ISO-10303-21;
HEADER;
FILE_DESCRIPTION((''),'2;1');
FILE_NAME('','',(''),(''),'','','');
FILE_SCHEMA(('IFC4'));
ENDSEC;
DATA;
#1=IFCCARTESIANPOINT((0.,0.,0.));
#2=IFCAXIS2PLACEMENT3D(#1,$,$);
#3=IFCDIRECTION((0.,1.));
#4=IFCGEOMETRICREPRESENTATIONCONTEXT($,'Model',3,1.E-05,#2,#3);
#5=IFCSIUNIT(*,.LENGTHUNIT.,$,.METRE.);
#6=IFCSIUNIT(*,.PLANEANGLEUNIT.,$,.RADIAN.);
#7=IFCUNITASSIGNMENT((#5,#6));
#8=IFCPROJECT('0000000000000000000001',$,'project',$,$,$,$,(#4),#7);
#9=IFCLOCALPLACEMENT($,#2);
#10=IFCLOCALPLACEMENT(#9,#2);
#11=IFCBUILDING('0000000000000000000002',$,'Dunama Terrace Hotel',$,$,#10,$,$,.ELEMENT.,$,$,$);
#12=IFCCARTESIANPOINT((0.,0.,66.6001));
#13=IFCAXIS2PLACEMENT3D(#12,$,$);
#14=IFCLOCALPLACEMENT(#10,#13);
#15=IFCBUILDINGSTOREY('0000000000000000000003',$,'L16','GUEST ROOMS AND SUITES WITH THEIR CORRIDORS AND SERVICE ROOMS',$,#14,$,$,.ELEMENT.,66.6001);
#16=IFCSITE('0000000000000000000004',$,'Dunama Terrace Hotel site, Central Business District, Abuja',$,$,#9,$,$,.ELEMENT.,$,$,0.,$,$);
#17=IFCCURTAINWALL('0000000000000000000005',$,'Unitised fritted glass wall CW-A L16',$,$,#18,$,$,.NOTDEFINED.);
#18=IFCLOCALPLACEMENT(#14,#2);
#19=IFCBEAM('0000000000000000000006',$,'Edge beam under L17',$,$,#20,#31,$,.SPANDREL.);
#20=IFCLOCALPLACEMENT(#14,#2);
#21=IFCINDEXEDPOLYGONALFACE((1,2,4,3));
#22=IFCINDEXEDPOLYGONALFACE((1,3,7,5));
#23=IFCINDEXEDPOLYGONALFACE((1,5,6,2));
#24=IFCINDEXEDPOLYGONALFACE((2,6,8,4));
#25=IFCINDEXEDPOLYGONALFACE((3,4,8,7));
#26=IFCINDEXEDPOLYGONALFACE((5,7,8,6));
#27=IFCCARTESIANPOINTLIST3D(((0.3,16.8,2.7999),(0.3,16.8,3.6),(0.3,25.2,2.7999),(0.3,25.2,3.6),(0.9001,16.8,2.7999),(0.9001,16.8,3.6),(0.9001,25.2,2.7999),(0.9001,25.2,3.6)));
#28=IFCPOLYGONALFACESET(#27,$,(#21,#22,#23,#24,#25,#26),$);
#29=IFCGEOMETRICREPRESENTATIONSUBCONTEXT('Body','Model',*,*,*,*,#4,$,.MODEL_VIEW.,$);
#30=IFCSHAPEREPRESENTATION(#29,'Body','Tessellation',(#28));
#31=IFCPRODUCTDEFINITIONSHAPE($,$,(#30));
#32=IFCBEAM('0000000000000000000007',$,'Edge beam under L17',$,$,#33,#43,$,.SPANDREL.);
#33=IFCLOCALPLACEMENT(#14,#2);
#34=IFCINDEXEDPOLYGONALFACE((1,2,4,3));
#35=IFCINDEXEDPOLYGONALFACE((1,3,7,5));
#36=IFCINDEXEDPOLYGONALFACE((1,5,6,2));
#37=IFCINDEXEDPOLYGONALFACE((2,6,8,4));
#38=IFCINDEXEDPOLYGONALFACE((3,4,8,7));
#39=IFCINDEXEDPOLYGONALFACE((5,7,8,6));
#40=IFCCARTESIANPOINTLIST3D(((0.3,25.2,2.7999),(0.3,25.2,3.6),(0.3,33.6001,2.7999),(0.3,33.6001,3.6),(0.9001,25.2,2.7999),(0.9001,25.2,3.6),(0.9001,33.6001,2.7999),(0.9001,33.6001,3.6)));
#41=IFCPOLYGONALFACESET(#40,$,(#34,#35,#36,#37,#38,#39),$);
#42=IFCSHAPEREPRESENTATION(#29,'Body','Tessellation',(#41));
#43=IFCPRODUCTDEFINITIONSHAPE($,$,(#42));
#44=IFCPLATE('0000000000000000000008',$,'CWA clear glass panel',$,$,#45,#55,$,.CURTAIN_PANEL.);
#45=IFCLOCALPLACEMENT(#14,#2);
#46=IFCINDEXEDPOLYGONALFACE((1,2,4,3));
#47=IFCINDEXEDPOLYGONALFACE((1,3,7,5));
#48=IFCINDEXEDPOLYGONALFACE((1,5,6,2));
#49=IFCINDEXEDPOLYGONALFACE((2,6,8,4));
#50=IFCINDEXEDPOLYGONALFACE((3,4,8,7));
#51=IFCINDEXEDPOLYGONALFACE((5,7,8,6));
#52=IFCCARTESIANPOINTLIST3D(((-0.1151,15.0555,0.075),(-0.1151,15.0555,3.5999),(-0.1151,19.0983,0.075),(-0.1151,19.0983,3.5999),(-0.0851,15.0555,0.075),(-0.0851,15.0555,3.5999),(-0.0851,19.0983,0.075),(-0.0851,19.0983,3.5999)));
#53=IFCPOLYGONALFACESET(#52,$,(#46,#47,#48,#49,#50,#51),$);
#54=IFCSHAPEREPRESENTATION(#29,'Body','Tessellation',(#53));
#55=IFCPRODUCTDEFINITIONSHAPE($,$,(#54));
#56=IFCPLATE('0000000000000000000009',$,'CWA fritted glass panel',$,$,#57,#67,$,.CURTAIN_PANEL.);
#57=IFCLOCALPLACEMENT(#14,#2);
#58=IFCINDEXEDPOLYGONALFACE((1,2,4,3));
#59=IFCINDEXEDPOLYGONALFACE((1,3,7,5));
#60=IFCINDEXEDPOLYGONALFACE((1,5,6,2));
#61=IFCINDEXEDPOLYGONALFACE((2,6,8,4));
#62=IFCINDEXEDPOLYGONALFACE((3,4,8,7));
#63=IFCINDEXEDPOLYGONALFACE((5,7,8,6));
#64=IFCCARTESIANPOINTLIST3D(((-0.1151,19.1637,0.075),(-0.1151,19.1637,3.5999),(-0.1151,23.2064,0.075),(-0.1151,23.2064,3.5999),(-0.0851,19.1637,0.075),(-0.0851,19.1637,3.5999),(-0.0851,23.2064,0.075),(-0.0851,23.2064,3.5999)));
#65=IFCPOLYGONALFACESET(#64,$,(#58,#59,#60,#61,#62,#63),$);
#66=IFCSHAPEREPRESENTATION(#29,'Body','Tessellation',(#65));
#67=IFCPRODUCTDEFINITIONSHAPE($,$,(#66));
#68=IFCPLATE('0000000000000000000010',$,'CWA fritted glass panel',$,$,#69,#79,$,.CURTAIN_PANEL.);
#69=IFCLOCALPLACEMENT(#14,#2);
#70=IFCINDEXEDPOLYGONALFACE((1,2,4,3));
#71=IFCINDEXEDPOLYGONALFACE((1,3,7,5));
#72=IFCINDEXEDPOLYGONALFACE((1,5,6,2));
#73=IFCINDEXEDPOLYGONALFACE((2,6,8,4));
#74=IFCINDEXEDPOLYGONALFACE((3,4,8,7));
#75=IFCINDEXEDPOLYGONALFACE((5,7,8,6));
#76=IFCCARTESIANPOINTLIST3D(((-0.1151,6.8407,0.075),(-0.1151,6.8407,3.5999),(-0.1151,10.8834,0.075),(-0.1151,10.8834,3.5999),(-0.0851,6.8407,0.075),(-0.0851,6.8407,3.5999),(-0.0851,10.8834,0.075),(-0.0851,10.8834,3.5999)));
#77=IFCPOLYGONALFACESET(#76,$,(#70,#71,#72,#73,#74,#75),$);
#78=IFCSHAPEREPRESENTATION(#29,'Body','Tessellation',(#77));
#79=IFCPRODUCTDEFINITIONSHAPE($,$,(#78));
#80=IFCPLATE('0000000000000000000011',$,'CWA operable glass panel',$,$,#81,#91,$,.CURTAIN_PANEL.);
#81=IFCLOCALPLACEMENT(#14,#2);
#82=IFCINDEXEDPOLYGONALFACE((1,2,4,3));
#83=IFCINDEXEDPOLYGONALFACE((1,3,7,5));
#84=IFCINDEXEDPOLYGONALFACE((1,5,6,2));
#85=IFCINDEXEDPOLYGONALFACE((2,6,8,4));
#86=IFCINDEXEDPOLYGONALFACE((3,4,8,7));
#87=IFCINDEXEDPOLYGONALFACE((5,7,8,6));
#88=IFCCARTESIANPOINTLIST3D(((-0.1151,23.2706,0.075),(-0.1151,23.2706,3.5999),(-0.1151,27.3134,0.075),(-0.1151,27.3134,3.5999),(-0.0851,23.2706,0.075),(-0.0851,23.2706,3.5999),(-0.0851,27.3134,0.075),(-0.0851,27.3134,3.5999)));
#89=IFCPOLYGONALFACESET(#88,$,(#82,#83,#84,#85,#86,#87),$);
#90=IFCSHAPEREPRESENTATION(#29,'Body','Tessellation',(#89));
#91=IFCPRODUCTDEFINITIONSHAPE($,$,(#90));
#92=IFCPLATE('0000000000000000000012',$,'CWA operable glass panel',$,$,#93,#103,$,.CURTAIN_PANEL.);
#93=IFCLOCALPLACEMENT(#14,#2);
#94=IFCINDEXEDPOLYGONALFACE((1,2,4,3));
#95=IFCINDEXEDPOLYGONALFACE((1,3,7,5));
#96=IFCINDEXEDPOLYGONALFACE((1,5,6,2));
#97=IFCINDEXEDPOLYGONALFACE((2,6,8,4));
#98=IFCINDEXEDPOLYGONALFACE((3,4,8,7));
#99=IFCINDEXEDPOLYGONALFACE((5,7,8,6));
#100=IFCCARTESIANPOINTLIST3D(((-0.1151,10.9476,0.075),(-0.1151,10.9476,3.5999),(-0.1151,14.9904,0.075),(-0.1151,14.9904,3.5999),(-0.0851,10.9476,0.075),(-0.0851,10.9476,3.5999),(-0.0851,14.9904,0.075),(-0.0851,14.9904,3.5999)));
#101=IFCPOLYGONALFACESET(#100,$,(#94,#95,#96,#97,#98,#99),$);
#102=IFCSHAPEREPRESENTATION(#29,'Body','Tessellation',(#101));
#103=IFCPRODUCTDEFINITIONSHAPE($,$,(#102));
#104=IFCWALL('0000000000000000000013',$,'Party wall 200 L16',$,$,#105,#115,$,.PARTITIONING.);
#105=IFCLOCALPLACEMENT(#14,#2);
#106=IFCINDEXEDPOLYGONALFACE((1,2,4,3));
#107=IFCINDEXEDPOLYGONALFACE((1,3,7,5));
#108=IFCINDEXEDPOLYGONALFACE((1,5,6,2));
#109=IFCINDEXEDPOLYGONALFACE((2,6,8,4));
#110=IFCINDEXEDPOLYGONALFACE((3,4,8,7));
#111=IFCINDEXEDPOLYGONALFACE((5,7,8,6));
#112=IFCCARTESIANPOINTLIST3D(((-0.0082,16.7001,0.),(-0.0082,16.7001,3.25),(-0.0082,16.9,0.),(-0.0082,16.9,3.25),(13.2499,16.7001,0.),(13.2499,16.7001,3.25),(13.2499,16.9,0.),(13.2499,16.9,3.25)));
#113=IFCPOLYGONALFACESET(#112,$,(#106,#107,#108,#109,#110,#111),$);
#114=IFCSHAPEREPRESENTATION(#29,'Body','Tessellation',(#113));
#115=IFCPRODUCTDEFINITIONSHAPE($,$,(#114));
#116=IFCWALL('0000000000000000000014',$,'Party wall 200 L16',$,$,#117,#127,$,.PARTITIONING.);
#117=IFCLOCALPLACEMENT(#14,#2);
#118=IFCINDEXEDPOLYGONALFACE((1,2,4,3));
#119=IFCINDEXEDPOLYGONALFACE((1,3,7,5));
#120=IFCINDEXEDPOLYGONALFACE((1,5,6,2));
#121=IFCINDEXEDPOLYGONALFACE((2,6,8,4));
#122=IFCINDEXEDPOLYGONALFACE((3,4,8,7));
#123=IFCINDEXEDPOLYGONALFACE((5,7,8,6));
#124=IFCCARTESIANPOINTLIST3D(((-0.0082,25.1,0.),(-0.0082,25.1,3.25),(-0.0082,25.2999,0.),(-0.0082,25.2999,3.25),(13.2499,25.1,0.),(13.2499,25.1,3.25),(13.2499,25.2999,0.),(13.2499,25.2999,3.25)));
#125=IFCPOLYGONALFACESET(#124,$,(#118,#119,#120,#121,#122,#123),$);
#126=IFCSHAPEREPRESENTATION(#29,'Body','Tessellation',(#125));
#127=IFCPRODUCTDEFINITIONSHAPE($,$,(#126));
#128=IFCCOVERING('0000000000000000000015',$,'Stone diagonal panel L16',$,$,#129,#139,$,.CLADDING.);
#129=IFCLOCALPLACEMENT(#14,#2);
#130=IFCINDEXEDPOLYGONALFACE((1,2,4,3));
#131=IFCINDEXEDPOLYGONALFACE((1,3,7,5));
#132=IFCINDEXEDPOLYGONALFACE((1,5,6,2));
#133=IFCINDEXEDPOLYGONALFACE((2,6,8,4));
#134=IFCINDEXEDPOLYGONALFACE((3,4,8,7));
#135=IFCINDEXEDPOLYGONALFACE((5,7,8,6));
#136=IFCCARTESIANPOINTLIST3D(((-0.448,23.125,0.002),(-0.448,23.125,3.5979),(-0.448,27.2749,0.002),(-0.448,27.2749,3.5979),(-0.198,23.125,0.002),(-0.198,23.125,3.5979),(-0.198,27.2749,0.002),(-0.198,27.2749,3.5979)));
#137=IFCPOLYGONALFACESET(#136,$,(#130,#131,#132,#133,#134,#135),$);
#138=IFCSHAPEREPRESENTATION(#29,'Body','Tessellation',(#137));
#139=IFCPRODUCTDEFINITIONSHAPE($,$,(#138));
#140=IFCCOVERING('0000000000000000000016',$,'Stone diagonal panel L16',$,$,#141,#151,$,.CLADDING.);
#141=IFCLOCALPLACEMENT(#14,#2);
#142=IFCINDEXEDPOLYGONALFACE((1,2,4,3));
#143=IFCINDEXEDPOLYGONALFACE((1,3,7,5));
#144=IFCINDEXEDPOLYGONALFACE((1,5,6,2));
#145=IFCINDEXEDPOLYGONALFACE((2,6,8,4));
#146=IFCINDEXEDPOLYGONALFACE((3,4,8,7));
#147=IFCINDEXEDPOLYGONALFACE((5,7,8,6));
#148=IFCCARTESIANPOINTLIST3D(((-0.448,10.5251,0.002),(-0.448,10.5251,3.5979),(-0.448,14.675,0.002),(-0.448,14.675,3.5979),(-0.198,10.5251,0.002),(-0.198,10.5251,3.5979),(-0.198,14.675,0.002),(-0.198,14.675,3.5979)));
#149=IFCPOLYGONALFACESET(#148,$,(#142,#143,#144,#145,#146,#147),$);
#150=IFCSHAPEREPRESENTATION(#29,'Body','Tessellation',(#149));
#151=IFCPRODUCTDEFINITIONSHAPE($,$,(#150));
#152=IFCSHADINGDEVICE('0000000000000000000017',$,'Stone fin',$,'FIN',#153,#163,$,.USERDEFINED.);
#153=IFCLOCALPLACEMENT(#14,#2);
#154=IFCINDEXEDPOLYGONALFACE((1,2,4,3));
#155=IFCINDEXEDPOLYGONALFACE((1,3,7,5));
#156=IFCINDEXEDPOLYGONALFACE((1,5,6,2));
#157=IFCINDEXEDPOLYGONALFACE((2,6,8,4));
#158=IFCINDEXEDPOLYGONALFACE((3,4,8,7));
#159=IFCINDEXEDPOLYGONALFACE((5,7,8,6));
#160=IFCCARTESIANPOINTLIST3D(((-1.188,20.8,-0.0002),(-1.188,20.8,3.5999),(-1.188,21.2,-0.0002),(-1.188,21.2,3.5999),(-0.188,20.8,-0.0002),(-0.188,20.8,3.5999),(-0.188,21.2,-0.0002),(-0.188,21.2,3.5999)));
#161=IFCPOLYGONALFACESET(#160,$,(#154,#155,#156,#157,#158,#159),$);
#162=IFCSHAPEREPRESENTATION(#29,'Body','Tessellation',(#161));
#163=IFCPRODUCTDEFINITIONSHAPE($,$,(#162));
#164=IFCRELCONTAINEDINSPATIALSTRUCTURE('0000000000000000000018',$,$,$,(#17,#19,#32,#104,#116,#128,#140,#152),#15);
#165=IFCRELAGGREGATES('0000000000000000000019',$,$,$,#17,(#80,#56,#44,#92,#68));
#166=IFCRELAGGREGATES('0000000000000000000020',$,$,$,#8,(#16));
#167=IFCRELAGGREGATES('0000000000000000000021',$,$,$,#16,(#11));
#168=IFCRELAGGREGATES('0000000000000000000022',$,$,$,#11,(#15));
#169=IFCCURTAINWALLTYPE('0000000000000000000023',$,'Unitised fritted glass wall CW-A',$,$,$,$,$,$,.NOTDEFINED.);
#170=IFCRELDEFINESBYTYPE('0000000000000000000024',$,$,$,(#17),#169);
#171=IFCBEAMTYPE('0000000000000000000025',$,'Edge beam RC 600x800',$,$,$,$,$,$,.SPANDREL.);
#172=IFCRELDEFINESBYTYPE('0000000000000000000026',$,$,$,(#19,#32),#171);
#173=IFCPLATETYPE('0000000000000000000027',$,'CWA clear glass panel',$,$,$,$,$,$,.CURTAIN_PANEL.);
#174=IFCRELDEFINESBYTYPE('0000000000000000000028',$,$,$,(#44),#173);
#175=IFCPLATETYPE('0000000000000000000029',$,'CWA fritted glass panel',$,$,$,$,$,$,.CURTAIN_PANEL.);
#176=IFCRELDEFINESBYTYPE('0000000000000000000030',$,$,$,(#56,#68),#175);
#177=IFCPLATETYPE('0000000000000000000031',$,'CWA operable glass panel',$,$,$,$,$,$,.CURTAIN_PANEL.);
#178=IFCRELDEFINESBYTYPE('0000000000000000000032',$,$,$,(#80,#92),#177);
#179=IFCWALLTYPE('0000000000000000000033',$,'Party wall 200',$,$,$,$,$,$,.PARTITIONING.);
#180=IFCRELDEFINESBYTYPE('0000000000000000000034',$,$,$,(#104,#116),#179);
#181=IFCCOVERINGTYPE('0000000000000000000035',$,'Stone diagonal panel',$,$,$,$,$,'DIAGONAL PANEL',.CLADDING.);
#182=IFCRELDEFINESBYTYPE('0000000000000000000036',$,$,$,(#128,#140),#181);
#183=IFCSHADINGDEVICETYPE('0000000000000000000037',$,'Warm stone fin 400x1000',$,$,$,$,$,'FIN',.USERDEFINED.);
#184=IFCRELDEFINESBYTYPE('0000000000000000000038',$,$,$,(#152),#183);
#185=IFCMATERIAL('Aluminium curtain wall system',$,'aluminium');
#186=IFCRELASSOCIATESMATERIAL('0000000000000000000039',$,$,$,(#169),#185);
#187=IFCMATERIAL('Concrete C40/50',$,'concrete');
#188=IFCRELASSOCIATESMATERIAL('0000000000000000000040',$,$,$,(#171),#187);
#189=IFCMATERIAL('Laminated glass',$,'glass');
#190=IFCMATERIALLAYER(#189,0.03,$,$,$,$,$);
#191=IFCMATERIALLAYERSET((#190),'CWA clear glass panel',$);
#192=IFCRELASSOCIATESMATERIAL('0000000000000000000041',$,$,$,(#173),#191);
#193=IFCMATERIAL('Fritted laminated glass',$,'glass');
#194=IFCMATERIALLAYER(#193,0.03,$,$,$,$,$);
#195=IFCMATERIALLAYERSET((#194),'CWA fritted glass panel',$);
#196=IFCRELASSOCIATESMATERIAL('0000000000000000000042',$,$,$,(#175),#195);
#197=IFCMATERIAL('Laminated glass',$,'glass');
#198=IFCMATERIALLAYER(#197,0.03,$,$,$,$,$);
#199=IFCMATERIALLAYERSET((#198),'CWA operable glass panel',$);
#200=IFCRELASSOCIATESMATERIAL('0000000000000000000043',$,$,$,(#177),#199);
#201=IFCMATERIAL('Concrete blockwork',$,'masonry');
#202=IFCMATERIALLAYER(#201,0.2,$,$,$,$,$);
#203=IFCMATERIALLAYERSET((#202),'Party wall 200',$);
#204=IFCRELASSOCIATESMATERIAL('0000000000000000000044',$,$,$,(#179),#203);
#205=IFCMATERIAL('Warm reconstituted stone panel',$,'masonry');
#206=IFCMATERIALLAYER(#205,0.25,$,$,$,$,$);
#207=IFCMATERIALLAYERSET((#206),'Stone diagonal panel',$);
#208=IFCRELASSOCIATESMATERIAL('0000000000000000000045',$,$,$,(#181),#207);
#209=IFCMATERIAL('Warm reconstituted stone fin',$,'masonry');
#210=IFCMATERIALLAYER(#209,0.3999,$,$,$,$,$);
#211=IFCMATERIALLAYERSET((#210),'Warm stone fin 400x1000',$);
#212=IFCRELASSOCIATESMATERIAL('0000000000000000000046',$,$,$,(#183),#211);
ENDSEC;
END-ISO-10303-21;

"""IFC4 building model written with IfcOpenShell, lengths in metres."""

from ifc_helpers import new_model, si_unit, direction, frame, frame_2d, origin, origin_2d, place, context, subcontext, project, spatial, rectangle, extrude, material, layer, layer_set, material_profile, profile_set, type_object, element, aggregate, save


model = new_model("IFC4")

# Units and contexts
model_context = context("Model", 3, precision=1e-05, world=origin(), true_north=direction((0.0, 1.0)))
body_context = subcontext(model_context, "Body", "Model", "MODEL_VIEW")
ifc_project = project(units=[si_unit("LENGTHUNIT", "METRE"), si_unit("PLANEANGLEUNIT", "RADIAN")], contexts=[model_context])

# Site, building, storey
site_placement = place(None, origin())
site = spatial("IfcSite", under=ifc_project, at=site_placement, Name="Dunama Terrace Hotel site, Central Business District, Abuja", CompositionType="ELEMENT", RefElevation=0.0)
building_placement = place(site_placement, origin())
building = spatial("IfcBuilding", under=site, at=building_placement, Name="Dunama Terrace Hotel", CompositionType="ELEMENT")
storey_placement = place(building_placement, frame((0.0, 0.0, 66.6001)))
storey = spatial("IfcBuildingStorey", under=building, at=storey_placement, Name="L16", Description="GUEST ROOMS AND SUITES WITH THEIR CORRIDORS AND SERVICE ROOMS", CompositionType="ELEMENT", Elevation=66.6001)

# Curtain wall
ifc_material_1 = material(Name="Aluminium curtain wall system", Category="aluminium")
curtain_wall_type = type_object("IfcCurtainWallType", Name="Unitised fritted glass wall CW-A", PredefinedType="NOTDEFINED", material=ifc_material_1)
curtain_wall_placement = place(storey_placement, origin())
curtain_wall = element("IfcCurtainWall", 1, at=curtain_wall_placement, inside=storey, type_object=curtain_wall_type, Name="Unitised fritted glass wall CW-A L16", PredefinedType="NOTDEFINED")

# Beams
ifc_material_2 = material(Name="Concrete C40/50", Category="concrete")
ifc_material_profile_1 = material_profile(ifc_material_2, rectangle(XDim=0.6001, YDim=0.8, at=origin_2d()), Name="RC 600x800")
ifc_profile_set_1 = profile_set([ifc_material_profile_1], Name="Concrete C40/50")
beam_type = type_object("IfcBeamType", Name="Edge beam RC 600x800", PredefinedType="SPANDREL", material=ifc_profile_set_1)
beam_1_placement = place(storey_placement, frame((0.6001, 16.8, 3.2), z_axis=(0.0, 1.0, 0.0), x_axis=(-1.0, 0.0, 0.0)))
element("IfcBeam", 2, at=beam_1_placement, inside=storey, type_object=beam_type, Name="Edge beam under L17", PredefinedType="SPANDREL", context=body_context, shape_type="SweptSolid", body=[
    extrude(rectangle(XDim=0.6001, YDim=0.8, at=origin_2d()), origin(), (0.0, 0.0, 1.0), 8.3999),
])
beam_2_placement = place(storey_placement, frame((0.6001, 25.2, 3.2), z_axis=(0.0, 1.0, 0.0), x_axis=(-1.0, 0.0, 0.0)))
element("IfcBeam", 3, at=beam_2_placement, inside=storey, type_object=beam_type, Name="Edge beam under L17", PredefinedType="SPANDREL", context=body_context, shape_type="SweptSolid", body=[
    extrude(rectangle(XDim=0.6001, YDim=0.8, at=origin_2d()), origin(), (0.0, 0.0, 1.0), 8.4001),
])

# Plates
ifc_material_3 = material(Name="Laminated glass", Category="glass")
ifc_layer_1 = layer(ifc_material_3, 0.03)
ifc_layer_set_1 = layer_set([ifc_layer_1], Name="CWA clear glass panel")
plate_type_1 = type_object("IfcPlateType", Name="CWA clear glass panel", PredefinedType="CURTAIN_PANEL", material=ifc_layer_set_1)
plate_1_placement = place(storey_placement, frame((-0.1001, 17.0769, 0.075), z_axis=(0.0, 0.0, 1.0), x_axis=(0.0, -1.0, 0.0)))
plate_1 = element("IfcPlate", 4, at=plate_1_placement, type_object=plate_type_1, Name="CWA clear glass panel", PredefinedType="CURTAIN_PANEL", context=body_context, shape_type="SweptSolid", body=[
    extrude(rectangle(XDim=4.0427, YDim=0.03, at=origin_2d()), origin(), (0.0, 0.0, 1.0), 3.5249),
])
ifc_material_4 = material(Name="Fritted laminated glass", Category="glass")
ifc_layer_2 = layer(ifc_material_4, 0.03)
ifc_layer_set_2 = layer_set([ifc_layer_2], Name="CWA fritted glass panel")
plate_type_2 = type_object("IfcPlateType", Name="CWA fritted glass panel", PredefinedType="CURTAIN_PANEL", material=ifc_layer_set_2)
plate_2_placement = place(storey_placement, frame((-0.1001, 21.1851, 0.075), z_axis=(0.0, 0.0, 1.0), x_axis=(0.0, -1.0, 0.0)))
plate_2 = element("IfcPlate", 5, at=plate_2_placement, type_object=plate_type_2, Name="CWA fritted glass panel", PredefinedType="CURTAIN_PANEL", context=body_context, shape_type="SweptSolid", body=[
    extrude(rectangle(XDim=4.0427, YDim=0.03, at=origin_2d()), origin(), (0.0, 0.0, 1.0), 3.5249),
])
plate_3_placement = place(storey_placement, frame((-0.1001, 8.8621, 0.075), z_axis=(0.0, 0.0, 1.0), x_axis=(0.0, -1.0, 0.0)))
plate_3 = element("IfcPlate", 6, at=plate_3_placement, type_object=plate_type_2, Name="CWA fritted glass panel", PredefinedType="CURTAIN_PANEL", context=body_context, shape_type="SweptSolid", body=[
    extrude(rectangle(XDim=4.0427, YDim=0.03, at=origin_2d()), origin(), (0.0, 0.0, 1.0), 3.5249),
])
ifc_material_5 = material(Name="Laminated glass", Category="glass")
ifc_layer_3 = layer(ifc_material_5, 0.03)
ifc_layer_set_3 = layer_set([ifc_layer_3], Name="CWA operable glass panel")
plate_type_3 = type_object("IfcPlateType", Name="CWA operable glass panel", PredefinedType="CURTAIN_PANEL", material=ifc_layer_set_3)
plate_4_placement = place(storey_placement, frame((-0.1001, 25.292, 0.075), z_axis=(0.0, 0.0, 1.0), x_axis=(0.0, -1.0, 0.0)))
plate_4 = element("IfcPlate", 7, at=plate_4_placement, type_object=plate_type_3, Name="CWA operable glass panel", PredefinedType="CURTAIN_PANEL", context=body_context, shape_type="SweptSolid", body=[
    extrude(rectangle(XDim=4.0427, YDim=0.03, at=origin_2d()), origin(), (0.0, 0.0, 1.0), 3.5249),
])
plate_5_placement = place(storey_placement, frame((-0.1001, 12.969, 0.075), z_axis=(0.0, 0.0, 1.0), x_axis=(0.0, -1.0, 0.0)))
plate_5 = element("IfcPlate", 8, at=plate_5_placement, type_object=plate_type_3, Name="CWA operable glass panel", PredefinedType="CURTAIN_PANEL", context=body_context, shape_type="SweptSolid", body=[
    extrude(rectangle(XDim=4.0427, YDim=0.03, at=origin_2d()), origin(), (0.0, 0.0, 1.0), 3.5249),
])
aggregate(curtain_wall, [plate_4, plate_2, plate_1, plate_5, plate_3])

# Walls
ifc_material_6 = material(Name="Concrete blockwork", Category="masonry")
ifc_layer_4 = layer(ifc_material_6, 0.2)
ifc_layer_set_4 = layer_set([ifc_layer_4], Name="Party wall 200")
wall_type = type_object("IfcWallType", Name="Party wall 200", PredefinedType="PARTITIONING", material=ifc_layer_set_4)
for number, where, z_axis, x_axis, name in (
    (9, (-0.0081, 16.8, 0.0), (0.0, 0.0, 1.0), (1.0, 0.0, 0.0), "Party wall 200 L16"),
    (10, (-0.0081, 25.2, 0.0), (0.0, 0.0, 1.0), (1.0, 0.0, 0.0), "Party wall 200 L16"),
):
    element("IfcWall", number, at=place(storey_placement, frame(where, z_axis=z_axis, x_axis=x_axis)), inside=storey, type_object=wall_type, Name=name, PredefinedType="PARTITIONING", context=body_context, shape_type="SweptSolid", body=[
        extrude(rectangle(XDim=13.2581, YDim=0.2, at=frame_2d((6.6289, 0.0))), origin(), (0.0, 0.0, 1.0), 3.25),
    ])

# Coverings
ifc_material_7 = material(Name="Warm reconstituted stone panel", Category="masonry")
ifc_layer_5 = layer(ifc_material_7, 0.25)
ifc_layer_set_5 = layer_set([ifc_layer_5], Name="Stone diagonal panel")
covering_type = type_object("IfcCoveringType", Name="Stone diagonal panel", ElementType="DIAGONAL PANEL", PredefinedType="CLADDING", material=ifc_layer_set_5)
for number, where, z_axis, x_axis, name in (
    (11, (-0.323, 25.2, 0.002), (0.0, 0.0, 1.0), (0.0, -1.0, 0.0), "Stone diagonal panel L16"),
    (12, (-0.323, 12.6001, 0.002), (0.0, 0.0, 1.0), (0.0, -1.0, 0.0), "Stone diagonal panel L16"),
):
    element("IfcCovering", number, at=place(storey_placement, frame(where, z_axis=z_axis, x_axis=x_axis)), inside=storey, type_object=covering_type, Name=name, PredefinedType="CLADDING", context=body_context, shape_type="SweptSolid", body=[
        extrude(rectangle(XDim=4.1499, YDim=0.25, at=origin_2d()), origin(), (0.0, 0.0, 1.0), 3.5959),
    ])

# Shading device
ifc_material_8 = material(Name="Warm reconstituted stone fin", Category="masonry")
ifc_layer_6 = layer(ifc_material_8, 0.3999)
ifc_layer_set_6 = layer_set([ifc_layer_6], Name="Warm stone fin 400x1000")
shading_device_type = type_object("IfcShadingDeviceType", Name="Warm stone fin 400x1000", ElementType="FIN", PredefinedType="USERDEFINED", material=ifc_layer_set_6)
shading_device_placement = place(storey_placement, frame((-0.688, 21.0, -0.0002), z_axis=(0.0, 0.0, 1.0), x_axis=(0.0, -1.0, 0.0)))
element("IfcShadingDevice", 13, at=shading_device_placement, inside=storey, type_object=shading_device_type, Name="Stone fin", ObjectType="FIN", PredefinedType="USERDEFINED", context=body_context, shape_type="SweptSolid", body=[
    extrude(rectangle(XDim=0.3999, YDim=1.0, at=origin_2d()), origin(), (0.0, 0.0, 1.0), 3.6001),
])

save(model, "model.ifc")
